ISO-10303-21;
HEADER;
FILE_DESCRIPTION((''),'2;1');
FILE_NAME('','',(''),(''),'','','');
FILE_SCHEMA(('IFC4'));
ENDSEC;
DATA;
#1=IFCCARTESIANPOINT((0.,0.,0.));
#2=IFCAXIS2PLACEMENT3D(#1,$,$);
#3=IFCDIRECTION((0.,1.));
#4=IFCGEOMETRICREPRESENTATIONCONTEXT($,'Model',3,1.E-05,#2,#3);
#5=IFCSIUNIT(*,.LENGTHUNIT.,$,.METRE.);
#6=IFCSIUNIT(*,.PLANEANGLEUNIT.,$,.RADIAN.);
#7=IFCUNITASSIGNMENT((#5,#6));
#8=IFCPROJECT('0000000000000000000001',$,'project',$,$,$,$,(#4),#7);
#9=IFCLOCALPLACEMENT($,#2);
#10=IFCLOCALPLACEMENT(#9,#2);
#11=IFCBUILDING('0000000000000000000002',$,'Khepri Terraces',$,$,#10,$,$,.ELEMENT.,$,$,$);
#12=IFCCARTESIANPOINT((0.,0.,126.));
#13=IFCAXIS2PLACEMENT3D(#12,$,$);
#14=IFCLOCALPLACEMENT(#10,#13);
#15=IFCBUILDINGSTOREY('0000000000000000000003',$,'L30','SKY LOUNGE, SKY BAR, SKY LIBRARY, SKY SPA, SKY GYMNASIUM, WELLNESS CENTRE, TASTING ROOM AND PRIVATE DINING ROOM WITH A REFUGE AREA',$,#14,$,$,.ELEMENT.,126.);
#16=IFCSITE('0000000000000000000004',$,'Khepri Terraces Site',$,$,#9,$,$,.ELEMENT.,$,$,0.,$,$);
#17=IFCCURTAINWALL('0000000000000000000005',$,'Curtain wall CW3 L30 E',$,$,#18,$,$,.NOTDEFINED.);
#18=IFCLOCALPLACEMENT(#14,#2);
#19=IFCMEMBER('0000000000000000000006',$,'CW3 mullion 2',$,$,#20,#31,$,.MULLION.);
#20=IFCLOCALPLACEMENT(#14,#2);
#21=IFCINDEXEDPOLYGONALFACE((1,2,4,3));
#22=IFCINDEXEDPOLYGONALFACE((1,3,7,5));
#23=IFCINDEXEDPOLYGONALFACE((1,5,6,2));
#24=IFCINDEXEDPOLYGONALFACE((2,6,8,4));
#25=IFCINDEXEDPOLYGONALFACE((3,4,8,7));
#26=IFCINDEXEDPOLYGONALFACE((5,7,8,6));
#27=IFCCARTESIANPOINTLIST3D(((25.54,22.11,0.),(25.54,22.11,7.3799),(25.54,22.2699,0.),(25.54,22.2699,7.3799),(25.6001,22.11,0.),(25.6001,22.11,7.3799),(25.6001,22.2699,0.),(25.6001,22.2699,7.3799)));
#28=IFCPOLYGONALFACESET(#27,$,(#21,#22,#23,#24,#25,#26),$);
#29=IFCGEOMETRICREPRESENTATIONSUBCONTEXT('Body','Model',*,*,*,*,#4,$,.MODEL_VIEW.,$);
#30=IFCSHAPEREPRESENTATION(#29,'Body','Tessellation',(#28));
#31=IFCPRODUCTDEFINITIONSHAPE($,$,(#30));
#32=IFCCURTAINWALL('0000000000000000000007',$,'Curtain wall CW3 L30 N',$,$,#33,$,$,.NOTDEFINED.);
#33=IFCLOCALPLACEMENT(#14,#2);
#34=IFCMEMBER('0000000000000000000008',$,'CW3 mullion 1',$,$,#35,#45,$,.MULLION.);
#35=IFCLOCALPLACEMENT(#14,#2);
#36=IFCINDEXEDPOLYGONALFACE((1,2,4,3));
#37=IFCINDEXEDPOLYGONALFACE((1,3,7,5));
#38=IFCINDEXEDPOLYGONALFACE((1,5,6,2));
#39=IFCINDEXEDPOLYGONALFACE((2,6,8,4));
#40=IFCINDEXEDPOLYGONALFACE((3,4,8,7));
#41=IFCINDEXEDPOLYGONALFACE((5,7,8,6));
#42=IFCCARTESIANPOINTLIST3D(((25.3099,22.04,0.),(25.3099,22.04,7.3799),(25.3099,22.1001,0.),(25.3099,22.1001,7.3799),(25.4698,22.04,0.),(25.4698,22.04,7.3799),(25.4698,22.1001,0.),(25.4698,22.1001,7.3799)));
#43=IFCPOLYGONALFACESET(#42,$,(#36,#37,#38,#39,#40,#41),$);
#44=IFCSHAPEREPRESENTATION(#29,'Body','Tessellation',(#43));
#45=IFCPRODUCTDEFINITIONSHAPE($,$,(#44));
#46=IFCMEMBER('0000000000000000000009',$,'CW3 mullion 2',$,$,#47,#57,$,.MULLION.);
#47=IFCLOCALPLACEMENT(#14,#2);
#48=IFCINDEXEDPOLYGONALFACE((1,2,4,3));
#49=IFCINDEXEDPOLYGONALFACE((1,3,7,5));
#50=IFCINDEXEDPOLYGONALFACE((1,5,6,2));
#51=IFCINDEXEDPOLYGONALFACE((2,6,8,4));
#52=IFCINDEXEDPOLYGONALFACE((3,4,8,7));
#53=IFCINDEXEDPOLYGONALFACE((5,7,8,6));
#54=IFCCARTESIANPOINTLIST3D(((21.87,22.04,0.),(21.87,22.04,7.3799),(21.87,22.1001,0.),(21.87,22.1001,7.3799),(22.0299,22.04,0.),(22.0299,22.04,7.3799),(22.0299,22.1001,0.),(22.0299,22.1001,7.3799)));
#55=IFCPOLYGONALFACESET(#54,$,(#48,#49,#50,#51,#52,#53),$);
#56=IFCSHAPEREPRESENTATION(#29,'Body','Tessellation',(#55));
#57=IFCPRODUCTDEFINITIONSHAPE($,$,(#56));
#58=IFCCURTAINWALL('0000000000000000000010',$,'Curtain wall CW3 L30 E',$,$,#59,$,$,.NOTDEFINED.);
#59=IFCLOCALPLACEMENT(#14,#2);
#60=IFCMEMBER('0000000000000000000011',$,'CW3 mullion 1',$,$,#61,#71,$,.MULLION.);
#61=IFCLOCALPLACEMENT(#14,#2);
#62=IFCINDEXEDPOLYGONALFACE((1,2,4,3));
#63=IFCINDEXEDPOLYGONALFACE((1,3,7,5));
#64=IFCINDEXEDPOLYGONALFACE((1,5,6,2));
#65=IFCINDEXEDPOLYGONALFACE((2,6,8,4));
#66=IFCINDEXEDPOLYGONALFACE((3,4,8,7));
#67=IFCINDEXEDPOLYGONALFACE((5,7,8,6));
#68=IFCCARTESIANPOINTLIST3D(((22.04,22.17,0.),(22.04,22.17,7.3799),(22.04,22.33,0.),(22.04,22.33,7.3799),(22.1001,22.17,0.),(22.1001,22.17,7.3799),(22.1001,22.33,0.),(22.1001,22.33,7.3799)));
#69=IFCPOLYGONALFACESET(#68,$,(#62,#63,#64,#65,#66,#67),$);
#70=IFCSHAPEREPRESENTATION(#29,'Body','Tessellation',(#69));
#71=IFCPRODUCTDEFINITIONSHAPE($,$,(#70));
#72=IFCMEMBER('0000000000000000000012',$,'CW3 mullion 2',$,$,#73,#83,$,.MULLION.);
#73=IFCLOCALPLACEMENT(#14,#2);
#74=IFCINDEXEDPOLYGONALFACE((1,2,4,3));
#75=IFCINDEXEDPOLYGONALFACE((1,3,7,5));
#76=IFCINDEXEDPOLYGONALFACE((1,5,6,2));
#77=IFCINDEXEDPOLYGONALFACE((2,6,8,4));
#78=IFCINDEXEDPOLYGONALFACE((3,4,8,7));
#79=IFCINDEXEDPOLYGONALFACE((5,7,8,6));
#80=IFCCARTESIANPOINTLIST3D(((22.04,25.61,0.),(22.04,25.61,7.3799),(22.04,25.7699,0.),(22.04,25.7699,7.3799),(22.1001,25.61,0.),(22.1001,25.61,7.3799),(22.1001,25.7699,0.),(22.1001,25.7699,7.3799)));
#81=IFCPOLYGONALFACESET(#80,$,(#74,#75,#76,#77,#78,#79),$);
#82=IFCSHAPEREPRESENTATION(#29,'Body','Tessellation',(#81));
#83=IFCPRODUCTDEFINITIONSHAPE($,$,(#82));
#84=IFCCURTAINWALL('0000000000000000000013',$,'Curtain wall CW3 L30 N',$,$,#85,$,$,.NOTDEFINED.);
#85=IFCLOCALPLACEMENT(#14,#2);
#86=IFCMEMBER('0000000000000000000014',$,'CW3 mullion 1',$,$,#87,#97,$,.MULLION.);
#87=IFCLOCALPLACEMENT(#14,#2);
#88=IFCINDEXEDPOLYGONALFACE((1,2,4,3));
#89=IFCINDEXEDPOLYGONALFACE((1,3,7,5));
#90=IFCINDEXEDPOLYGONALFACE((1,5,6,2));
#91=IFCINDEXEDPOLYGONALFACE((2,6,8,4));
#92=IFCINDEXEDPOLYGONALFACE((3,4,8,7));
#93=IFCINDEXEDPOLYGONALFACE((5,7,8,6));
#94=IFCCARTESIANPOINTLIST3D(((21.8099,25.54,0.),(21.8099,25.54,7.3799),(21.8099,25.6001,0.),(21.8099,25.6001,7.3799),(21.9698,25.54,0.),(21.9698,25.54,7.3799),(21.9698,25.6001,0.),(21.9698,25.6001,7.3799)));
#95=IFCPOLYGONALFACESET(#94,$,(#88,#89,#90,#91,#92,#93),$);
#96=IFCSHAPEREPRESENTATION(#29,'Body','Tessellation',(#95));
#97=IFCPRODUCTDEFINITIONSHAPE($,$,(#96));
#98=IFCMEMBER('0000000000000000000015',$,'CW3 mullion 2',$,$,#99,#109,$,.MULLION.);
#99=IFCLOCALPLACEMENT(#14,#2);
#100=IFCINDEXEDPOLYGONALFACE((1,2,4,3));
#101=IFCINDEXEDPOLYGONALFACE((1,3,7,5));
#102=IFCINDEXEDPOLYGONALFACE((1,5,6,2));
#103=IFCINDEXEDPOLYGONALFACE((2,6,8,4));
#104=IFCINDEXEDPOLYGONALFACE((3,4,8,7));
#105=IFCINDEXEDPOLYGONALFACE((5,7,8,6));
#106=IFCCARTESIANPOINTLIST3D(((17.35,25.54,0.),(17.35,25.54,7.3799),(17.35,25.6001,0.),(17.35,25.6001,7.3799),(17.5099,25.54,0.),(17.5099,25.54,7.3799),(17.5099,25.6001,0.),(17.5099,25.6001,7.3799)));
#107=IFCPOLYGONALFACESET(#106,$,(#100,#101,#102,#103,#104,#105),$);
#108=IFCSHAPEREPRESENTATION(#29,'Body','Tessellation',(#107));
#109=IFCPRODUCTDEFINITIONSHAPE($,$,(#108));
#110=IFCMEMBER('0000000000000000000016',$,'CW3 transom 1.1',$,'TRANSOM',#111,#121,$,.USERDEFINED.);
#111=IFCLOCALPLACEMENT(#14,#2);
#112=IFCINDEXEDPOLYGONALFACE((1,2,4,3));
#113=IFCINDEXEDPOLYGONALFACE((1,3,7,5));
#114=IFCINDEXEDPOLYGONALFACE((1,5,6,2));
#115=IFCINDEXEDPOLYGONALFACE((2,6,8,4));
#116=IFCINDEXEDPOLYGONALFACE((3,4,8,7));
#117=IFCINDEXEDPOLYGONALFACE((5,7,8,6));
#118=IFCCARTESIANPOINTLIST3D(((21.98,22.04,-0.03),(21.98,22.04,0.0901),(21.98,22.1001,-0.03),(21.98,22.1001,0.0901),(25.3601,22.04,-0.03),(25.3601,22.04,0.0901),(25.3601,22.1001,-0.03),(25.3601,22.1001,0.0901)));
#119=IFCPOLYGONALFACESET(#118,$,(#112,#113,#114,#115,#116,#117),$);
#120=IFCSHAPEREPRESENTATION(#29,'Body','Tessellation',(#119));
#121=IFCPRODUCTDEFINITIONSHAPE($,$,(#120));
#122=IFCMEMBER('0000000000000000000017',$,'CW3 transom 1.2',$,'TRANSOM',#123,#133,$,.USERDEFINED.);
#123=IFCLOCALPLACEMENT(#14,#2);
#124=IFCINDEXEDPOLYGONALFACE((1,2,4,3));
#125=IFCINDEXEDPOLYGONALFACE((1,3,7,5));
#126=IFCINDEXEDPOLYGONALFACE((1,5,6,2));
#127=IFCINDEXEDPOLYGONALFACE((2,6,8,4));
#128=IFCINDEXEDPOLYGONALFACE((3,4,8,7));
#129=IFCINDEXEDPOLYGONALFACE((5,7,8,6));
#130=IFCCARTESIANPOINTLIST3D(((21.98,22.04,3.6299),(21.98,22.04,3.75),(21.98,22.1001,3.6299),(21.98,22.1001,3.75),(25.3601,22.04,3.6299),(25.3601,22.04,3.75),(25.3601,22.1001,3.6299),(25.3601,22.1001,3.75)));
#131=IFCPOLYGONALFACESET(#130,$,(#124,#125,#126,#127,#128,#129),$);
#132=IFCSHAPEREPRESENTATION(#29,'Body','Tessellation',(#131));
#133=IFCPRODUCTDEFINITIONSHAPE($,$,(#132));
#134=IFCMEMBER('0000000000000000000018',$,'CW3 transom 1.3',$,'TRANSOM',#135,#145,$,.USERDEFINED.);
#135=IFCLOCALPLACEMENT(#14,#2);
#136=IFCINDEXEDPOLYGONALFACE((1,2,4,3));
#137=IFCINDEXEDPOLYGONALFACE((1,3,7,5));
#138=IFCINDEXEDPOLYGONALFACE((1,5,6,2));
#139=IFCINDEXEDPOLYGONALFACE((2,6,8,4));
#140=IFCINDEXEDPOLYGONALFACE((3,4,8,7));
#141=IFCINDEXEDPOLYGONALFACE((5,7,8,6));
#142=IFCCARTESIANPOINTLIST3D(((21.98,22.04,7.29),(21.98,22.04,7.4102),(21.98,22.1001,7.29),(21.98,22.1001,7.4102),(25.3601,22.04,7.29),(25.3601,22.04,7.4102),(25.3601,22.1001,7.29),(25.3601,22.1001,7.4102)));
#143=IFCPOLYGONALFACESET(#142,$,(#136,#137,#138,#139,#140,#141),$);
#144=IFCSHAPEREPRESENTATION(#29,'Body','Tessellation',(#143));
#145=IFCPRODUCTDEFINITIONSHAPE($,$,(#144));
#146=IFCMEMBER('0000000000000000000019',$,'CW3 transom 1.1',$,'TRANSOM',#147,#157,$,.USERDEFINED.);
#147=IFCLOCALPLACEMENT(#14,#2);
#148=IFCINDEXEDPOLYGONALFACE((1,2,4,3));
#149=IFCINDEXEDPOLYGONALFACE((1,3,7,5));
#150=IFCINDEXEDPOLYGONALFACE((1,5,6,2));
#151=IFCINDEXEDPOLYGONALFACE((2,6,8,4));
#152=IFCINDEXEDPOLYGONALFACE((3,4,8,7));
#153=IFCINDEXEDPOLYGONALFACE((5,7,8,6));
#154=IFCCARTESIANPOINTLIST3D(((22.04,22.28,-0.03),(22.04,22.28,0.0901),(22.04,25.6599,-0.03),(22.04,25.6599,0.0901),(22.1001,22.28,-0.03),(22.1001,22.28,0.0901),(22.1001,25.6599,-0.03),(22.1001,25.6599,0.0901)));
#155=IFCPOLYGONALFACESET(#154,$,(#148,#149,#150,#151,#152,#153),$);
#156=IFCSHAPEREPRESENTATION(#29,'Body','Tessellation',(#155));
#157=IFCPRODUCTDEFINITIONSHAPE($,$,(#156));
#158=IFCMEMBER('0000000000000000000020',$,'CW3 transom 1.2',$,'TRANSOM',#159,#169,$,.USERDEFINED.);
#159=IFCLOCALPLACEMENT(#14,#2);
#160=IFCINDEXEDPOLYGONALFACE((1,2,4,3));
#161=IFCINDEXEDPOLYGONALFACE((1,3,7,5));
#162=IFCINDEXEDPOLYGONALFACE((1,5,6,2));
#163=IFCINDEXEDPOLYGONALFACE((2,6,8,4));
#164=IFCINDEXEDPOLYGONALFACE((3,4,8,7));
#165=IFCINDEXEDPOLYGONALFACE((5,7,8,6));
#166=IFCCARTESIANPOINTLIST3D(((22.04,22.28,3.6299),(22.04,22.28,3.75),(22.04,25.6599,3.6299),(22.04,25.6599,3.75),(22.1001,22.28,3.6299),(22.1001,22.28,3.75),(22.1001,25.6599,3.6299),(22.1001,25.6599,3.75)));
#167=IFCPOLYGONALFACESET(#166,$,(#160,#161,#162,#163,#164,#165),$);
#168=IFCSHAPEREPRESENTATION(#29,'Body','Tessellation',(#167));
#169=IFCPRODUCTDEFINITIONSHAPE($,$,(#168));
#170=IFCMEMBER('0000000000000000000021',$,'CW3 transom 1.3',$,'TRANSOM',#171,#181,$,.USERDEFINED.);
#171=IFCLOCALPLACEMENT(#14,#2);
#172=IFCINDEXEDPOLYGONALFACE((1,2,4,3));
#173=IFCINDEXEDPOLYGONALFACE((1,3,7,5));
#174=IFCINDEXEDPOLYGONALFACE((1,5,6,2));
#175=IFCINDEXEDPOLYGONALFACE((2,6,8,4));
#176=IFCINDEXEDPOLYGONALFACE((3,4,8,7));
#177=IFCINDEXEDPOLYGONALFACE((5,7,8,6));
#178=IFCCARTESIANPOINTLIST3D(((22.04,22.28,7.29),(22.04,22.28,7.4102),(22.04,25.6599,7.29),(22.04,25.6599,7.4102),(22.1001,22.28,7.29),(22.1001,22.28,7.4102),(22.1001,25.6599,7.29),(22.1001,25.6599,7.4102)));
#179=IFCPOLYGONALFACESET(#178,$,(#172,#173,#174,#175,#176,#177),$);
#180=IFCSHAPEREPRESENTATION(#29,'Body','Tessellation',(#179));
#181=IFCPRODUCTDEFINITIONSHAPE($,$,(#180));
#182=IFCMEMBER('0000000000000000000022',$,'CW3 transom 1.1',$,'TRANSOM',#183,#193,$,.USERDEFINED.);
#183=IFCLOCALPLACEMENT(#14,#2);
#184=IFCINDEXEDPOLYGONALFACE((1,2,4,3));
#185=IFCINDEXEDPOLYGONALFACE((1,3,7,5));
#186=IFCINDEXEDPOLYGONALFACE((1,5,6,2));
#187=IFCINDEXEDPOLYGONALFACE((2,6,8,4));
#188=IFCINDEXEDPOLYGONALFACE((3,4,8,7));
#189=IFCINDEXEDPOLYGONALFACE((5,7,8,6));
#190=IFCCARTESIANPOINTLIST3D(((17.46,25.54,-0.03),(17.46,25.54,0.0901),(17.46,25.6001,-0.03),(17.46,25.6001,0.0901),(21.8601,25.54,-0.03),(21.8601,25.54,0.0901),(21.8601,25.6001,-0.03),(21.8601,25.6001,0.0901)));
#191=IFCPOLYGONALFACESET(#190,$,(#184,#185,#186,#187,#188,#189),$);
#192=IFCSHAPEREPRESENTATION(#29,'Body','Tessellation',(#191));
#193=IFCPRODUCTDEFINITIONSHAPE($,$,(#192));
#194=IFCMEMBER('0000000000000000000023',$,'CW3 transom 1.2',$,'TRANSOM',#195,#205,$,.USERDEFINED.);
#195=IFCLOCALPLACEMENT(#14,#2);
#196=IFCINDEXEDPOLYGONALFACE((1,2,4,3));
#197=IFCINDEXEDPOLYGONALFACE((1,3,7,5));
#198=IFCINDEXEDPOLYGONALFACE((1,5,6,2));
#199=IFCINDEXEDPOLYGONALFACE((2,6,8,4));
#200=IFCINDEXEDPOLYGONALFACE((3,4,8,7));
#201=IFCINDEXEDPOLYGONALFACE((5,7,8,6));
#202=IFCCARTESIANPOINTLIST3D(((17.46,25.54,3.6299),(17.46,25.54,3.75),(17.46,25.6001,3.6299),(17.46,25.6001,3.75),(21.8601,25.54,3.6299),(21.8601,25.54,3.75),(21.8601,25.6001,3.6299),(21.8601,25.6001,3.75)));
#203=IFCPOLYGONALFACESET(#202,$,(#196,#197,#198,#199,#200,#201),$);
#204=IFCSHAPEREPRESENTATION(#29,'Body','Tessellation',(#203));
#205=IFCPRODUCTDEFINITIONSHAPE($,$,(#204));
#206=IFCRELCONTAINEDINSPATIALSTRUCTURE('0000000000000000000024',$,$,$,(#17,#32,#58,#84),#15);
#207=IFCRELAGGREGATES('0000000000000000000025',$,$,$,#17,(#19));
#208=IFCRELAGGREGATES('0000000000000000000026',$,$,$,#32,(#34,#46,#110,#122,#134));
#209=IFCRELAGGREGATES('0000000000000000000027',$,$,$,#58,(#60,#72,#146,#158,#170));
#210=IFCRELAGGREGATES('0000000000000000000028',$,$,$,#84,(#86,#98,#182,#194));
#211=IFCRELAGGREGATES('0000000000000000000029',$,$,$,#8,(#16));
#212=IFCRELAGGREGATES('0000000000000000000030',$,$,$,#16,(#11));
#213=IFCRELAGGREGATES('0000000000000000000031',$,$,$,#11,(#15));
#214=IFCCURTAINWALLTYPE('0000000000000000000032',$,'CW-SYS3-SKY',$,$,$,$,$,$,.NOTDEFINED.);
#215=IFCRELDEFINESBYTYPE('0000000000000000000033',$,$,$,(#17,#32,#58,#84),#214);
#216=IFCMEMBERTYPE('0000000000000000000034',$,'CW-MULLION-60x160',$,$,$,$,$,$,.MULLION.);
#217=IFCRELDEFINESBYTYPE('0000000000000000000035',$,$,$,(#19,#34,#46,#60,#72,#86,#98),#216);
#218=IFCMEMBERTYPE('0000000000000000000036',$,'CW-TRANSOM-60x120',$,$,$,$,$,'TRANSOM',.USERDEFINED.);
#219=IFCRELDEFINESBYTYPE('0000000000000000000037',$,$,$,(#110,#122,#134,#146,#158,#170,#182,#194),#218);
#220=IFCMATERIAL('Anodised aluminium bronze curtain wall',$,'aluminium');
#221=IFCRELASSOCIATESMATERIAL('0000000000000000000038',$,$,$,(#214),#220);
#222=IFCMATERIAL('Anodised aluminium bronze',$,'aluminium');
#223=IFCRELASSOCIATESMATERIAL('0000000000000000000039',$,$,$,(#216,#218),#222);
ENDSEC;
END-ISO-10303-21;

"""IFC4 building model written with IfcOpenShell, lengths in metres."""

from ifc_helpers import new_model, si_unit, direction, frame, origin, origin_2d, place, context, subcontext, project, spatial, rectangle, extrude, material, material_profile, profile_set, type_object, element, aggregate, save


model = new_model("IFC4")

# Units and contexts
model_context = context("Model", 3, precision=1e-05, world=origin(), true_north=direction((0.0, 1.0)))
body_context = subcontext(model_context, "Body", "Model", "MODEL_VIEW")
ifc_project = project(units=[si_unit("LENGTHUNIT", "METRE"), si_unit("PLANEANGLEUNIT", "RADIAN")], contexts=[model_context])

# Site, building, storey
site_placement = place(None, origin())
site = spatial("IfcSite", under=ifc_project, at=site_placement, Name="Khepri Terraces Site", CompositionType="ELEMENT", RefElevation=0.0)
building_placement = place(site_placement, origin())
building = spatial("IfcBuilding", under=site, at=building_placement, Name="Khepri Terraces", CompositionType="ELEMENT")
storey_placement = place(building_placement, frame((0.0, 0.0, 126.0)))
storey = spatial("IfcBuildingStorey", under=building, at=storey_placement, Name="L30", Description="SKY LOUNGE, SKY BAR, SKY LIBRARY, SKY SPA, SKY GYMNASIUM, WELLNESS CENTRE, TASTING ROOM AND PRIVATE DINING ROOM WITH A REFUGE AREA", CompositionType="ELEMENT", Elevation=126.0)

# Curtain wall, member
ifc_material_1 = material(Name="Anodised aluminium bronze curtain wall", Category="aluminium")
curtain_wall_type = type_object("IfcCurtainWallType", Name="CW-SYS3-SKY", PredefinedType="NOTDEFINED", material=ifc_material_1)
curtain_wall_1_placement = place(storey_placement, origin())
curtain_wall_1 = element("IfcCurtainWall", 1, at=curtain_wall_1_placement, inside=storey, type_object=curtain_wall_type, Name="Curtain wall CW3 L30 E", PredefinedType="NOTDEFINED")
ifc_material_2 = material(Name="Anodised aluminium bronze", Category="aluminium")
ifc_material_profile_1 = material_profile(ifc_material_2, rectangle(XDim=0.0601, YDim=0.1599, at=origin_2d()), Name="Anodised aluminium bronze", Category="aluminium")
ifc_profile_set_1 = profile_set([ifc_material_profile_1], Name="Anodised aluminium bronze")
member_type_1 = type_object("IfcMemberType", Name="CW-MULLION-60x160", PredefinedType="MULLION", material=ifc_profile_set_1)
member_1_placement = place(storey_placement, frame((25.5701, 22.1899, 0.0), z_axis=(0.0, 0.0, 1.0), x_axis=(-1.0, 0.0, 0.0)))
member_1 = element("IfcMember", 2, at=member_1_placement, type_object=member_type_1, Name="CW3 mullion 2", PredefinedType="MULLION", context=body_context, shape_type="SweptSolid", body=[
    extrude(rectangle(XDim=0.0601, YDim=0.1599, at=origin_2d()), origin(), (0.0, 0.0, 1.0), 7.3799),
])
aggregate(curtain_wall_1, [member_1])

# Curtain walls, members
curtain_wall_2_placement = place(storey_placement, origin())
curtain_wall_2 = element("IfcCurtainWall", 3, at=curtain_wall_2_placement, inside=storey, type_object=curtain_wall_type, Name="Curtain wall CW3 L30 N", PredefinedType="NOTDEFINED")
member_2_placement = place(storey_placement, frame((25.3899, 22.0701, 0.0), z_axis=(0.0, 0.0, 1.0), x_axis=(0.0, -1.0, 0.0)))
member_2 = element("IfcMember", 4, at=member_2_placement, type_object=member_type_1, Name="CW3 mullion 1", PredefinedType="MULLION", context=body_context, shape_type="SweptSolid", body=[
    extrude(rectangle(XDim=0.0601, YDim=0.1599, at=origin_2d()), origin(), (0.0, 0.0, 1.0), 7.3799),
])
member_3_placement = place(storey_placement, frame((21.95, 22.0701, 0.0), z_axis=(0.0, 0.0, 1.0), x_axis=(0.0, -1.0, 0.0)))
member_3 = element("IfcMember", 5, at=member_3_placement, type_object=member_type_1, Name="CW3 mullion 2", PredefinedType="MULLION", context=body_context, shape_type="SweptSolid", body=[
    extrude(rectangle(XDim=0.0601, YDim=0.1599, at=origin_2d()), origin(), (0.0, 0.0, 1.0), 7.3799),
])
curtain_wall_3_placement = place(storey_placement, origin())
curtain_wall_3 = element("IfcCurtainWall", 6, at=curtain_wall_3_placement, inside=storey, type_object=curtain_wall_type, Name="Curtain wall CW3 L30 E", PredefinedType="NOTDEFINED")
member_4_placement = place(storey_placement, frame((22.0701, 22.25, 0.0), z_axis=(0.0, 0.0, 1.0), x_axis=(-1.0, 0.0, 0.0)))
member_4 = element("IfcMember", 7, at=member_4_placement, type_object=member_type_1, Name="CW3 mullion 1", PredefinedType="MULLION", context=body_context, shape_type="SweptSolid", body=[
    extrude(rectangle(XDim=0.0601, YDim=0.1599, at=origin_2d()), origin(), (0.0, 0.0, 1.0), 7.3799),
])
member_5_placement = place(storey_placement, frame((22.0701, 25.6899, 0.0), z_axis=(0.0, 0.0, 1.0), x_axis=(-1.0, 0.0, 0.0)))
member_5 = element("IfcMember", 8, at=member_5_placement, type_object=member_type_1, Name="CW3 mullion 2", PredefinedType="MULLION", context=body_context, shape_type="SweptSolid", body=[
    extrude(rectangle(XDim=0.0601, YDim=0.1599, at=origin_2d()), origin(), (0.0, 0.0, 1.0), 7.3799),
])
curtain_wall_4_placement = place(storey_placement, origin())
curtain_wall_4 = element("IfcCurtainWall", 9, at=curtain_wall_4_placement, inside=storey, type_object=curtain_wall_type, Name="Curtain wall CW3 L30 N", PredefinedType="NOTDEFINED")
member_6_placement = place(storey_placement, frame((21.8899, 25.5701, 0.0), z_axis=(0.0, 0.0, 1.0), x_axis=(0.0, -1.0, 0.0)))
member_6 = element("IfcMember", 10, at=member_6_placement, type_object=member_type_1, Name="CW3 mullion 1", PredefinedType="MULLION", context=body_context, shape_type="SweptSolid", body=[
    extrude(rectangle(XDim=0.0601, YDim=0.1599, at=origin_2d()), origin(), (0.0, 0.0, 1.0), 7.3799),
])
member_7_placement = place(storey_placement, frame((17.4299, 25.5701, 0.0), z_axis=(0.0, 0.0, 1.0), x_axis=(0.0, -1.0, 0.0)))
member_7 = element("IfcMember", 11, at=member_7_placement, type_object=member_type_1, Name="CW3 mullion 2", PredefinedType="MULLION", context=body_context, shape_type="SweptSolid", body=[
    extrude(rectangle(XDim=0.0601, YDim=0.1599, at=origin_2d()), origin(), (0.0, 0.0, 1.0), 7.3799),
])

# Members
ifc_material_profile_2 = material_profile(ifc_material_2, rectangle(XDim=0.0601, YDim=0.1201, at=origin_2d()), Name="Anodised aluminium bronze", Category="aluminium")
ifc_profile_set_2 = profile_set([ifc_material_profile_2], Name="Anodised aluminium bronze")
member_type_2 = type_object("IfcMemberType", Name="CW-TRANSOM-60x120", ElementType="TRANSOM", PredefinedType="USERDEFINED", material=ifc_profile_set_2)
member_8_placement = place(storey_placement, frame((25.3601, 22.0701, 0.03), z_axis=(-1.0, 0.0, 0.0), x_axis=(0.0, -1.0, 0.0)))
member_8 = element("IfcMember", 12, at=member_8_placement, type_object=member_type_2, Name="CW3 transom 1.1", ObjectType="TRANSOM", PredefinedType="USERDEFINED", context=body_context, shape_type="SweptSolid", body=[
    extrude(rectangle(XDim=0.0601, YDim=0.1201, at=origin_2d()), origin(), (0.0, 0.0, 1.0), 3.3801),
])
member_9_placement = place(storey_placement, frame((25.3601, 22.0701, 3.6899), z_axis=(-1.0, 0.0, 0.0), x_axis=(0.0, -1.0, 0.0)))
member_9 = element("IfcMember", 13, at=member_9_placement, type_object=member_type_2, Name="CW3 transom 1.2", ObjectType="TRANSOM", PredefinedType="USERDEFINED", context=body_context, shape_type="SweptSolid", body=[
    extrude(rectangle(XDim=0.0601, YDim=0.1201, at=origin_2d()), origin(), (0.0, 0.0, 1.0), 3.3801),
])
member_10_placement = place(storey_placement, frame((25.3601, 22.0701, 7.3501), z_axis=(-1.0, 0.0, 0.0), x_axis=(0.0, -1.0, 0.0)))
member_10 = element("IfcMember", 14, at=member_10_placement, type_object=member_type_2, Name="CW3 transom 1.3", ObjectType="TRANSOM", PredefinedType="USERDEFINED", context=body_context, shape_type="SweptSolid", body=[
    extrude(rectangle(XDim=0.0601, YDim=0.1201, at=origin_2d()), origin(), (0.0, 0.0, 1.0), 3.3801),
])
member_11_placement = place(storey_placement, frame((22.0701, 22.28, 0.03), z_axis=(0.0, 1.0, 0.0), x_axis=(-1.0, 0.0, 0.0)))
member_11 = element("IfcMember", 15, at=member_11_placement, type_object=member_type_2, Name="CW3 transom 1.1", ObjectType="TRANSOM", PredefinedType="USERDEFINED", context=body_context, shape_type="SweptSolid", body=[
    extrude(rectangle(XDim=0.0601, YDim=0.1201, at=origin_2d()), origin(), (0.0, 0.0, 1.0), 3.3799),
])
member_12_placement = place(storey_placement, frame((22.0701, 22.28, 3.6899), z_axis=(0.0, 1.0, 0.0), x_axis=(-1.0, 0.0, 0.0)))
member_12 = element("IfcMember", 16, at=member_12_placement, type_object=member_type_2, Name="CW3 transom 1.2", ObjectType="TRANSOM", PredefinedType="USERDEFINED", context=body_context, shape_type="SweptSolid", body=[
    extrude(rectangle(XDim=0.0601, YDim=0.1201, at=origin_2d()), origin(), (0.0, 0.0, 1.0), 3.3799),
])
member_13_placement = place(storey_placement, frame((22.0701, 22.28, 7.3501), z_axis=(0.0, 1.0, 0.0), x_axis=(-1.0, 0.0, 0.0)))
member_13 = element("IfcMember", 17, at=member_13_placement, type_object=member_type_2, Name="CW3 transom 1.3", ObjectType="TRANSOM", PredefinedType="USERDEFINED", context=body_context, shape_type="SweptSolid", body=[
    extrude(rectangle(XDim=0.0601, YDim=0.1201, at=origin_2d()), origin(), (0.0, 0.0, 1.0), 3.3799),
])
member_14_placement = place(storey_placement, frame((21.8601, 25.5701, 0.03), z_axis=(-1.0, 0.0, 0.0), x_axis=(0.0, -1.0, 0.0)))
member_14 = element("IfcMember", 18, at=member_14_placement, type_object=member_type_2, Name="CW3 transom 1.1", ObjectType="TRANSOM", PredefinedType="USERDEFINED", context=body_context, shape_type="SweptSolid", body=[
    extrude(rectangle(XDim=0.0601, YDim=0.1201, at=origin_2d()), origin(), (0.0, 0.0, 1.0), 4.4001),
])
member_15_placement = place(storey_placement, frame((21.8601, 25.5701, 3.6899), z_axis=(-1.0, 0.0, 0.0), x_axis=(0.0, -1.0, 0.0)))
member_15 = element("IfcMember", 19, at=member_15_placement, type_object=member_type_2, Name="CW3 transom 1.2", ObjectType="TRANSOM", PredefinedType="USERDEFINED", context=body_context, shape_type="SweptSolid", body=[
    extrude(rectangle(XDim=0.0601, YDim=0.1201, at=origin_2d()), origin(), (0.0, 0.0, 1.0), 4.4001),
])

aggregate(curtain_wall_2, [member_2, member_3, member_8, member_9, member_10])
aggregate(curtain_wall_3, [member_4, member_5, member_11, member_12, member_13])
aggregate(curtain_wall_4, [member_6, member_7, member_14, member_15])

save(model, "model.ifc")
